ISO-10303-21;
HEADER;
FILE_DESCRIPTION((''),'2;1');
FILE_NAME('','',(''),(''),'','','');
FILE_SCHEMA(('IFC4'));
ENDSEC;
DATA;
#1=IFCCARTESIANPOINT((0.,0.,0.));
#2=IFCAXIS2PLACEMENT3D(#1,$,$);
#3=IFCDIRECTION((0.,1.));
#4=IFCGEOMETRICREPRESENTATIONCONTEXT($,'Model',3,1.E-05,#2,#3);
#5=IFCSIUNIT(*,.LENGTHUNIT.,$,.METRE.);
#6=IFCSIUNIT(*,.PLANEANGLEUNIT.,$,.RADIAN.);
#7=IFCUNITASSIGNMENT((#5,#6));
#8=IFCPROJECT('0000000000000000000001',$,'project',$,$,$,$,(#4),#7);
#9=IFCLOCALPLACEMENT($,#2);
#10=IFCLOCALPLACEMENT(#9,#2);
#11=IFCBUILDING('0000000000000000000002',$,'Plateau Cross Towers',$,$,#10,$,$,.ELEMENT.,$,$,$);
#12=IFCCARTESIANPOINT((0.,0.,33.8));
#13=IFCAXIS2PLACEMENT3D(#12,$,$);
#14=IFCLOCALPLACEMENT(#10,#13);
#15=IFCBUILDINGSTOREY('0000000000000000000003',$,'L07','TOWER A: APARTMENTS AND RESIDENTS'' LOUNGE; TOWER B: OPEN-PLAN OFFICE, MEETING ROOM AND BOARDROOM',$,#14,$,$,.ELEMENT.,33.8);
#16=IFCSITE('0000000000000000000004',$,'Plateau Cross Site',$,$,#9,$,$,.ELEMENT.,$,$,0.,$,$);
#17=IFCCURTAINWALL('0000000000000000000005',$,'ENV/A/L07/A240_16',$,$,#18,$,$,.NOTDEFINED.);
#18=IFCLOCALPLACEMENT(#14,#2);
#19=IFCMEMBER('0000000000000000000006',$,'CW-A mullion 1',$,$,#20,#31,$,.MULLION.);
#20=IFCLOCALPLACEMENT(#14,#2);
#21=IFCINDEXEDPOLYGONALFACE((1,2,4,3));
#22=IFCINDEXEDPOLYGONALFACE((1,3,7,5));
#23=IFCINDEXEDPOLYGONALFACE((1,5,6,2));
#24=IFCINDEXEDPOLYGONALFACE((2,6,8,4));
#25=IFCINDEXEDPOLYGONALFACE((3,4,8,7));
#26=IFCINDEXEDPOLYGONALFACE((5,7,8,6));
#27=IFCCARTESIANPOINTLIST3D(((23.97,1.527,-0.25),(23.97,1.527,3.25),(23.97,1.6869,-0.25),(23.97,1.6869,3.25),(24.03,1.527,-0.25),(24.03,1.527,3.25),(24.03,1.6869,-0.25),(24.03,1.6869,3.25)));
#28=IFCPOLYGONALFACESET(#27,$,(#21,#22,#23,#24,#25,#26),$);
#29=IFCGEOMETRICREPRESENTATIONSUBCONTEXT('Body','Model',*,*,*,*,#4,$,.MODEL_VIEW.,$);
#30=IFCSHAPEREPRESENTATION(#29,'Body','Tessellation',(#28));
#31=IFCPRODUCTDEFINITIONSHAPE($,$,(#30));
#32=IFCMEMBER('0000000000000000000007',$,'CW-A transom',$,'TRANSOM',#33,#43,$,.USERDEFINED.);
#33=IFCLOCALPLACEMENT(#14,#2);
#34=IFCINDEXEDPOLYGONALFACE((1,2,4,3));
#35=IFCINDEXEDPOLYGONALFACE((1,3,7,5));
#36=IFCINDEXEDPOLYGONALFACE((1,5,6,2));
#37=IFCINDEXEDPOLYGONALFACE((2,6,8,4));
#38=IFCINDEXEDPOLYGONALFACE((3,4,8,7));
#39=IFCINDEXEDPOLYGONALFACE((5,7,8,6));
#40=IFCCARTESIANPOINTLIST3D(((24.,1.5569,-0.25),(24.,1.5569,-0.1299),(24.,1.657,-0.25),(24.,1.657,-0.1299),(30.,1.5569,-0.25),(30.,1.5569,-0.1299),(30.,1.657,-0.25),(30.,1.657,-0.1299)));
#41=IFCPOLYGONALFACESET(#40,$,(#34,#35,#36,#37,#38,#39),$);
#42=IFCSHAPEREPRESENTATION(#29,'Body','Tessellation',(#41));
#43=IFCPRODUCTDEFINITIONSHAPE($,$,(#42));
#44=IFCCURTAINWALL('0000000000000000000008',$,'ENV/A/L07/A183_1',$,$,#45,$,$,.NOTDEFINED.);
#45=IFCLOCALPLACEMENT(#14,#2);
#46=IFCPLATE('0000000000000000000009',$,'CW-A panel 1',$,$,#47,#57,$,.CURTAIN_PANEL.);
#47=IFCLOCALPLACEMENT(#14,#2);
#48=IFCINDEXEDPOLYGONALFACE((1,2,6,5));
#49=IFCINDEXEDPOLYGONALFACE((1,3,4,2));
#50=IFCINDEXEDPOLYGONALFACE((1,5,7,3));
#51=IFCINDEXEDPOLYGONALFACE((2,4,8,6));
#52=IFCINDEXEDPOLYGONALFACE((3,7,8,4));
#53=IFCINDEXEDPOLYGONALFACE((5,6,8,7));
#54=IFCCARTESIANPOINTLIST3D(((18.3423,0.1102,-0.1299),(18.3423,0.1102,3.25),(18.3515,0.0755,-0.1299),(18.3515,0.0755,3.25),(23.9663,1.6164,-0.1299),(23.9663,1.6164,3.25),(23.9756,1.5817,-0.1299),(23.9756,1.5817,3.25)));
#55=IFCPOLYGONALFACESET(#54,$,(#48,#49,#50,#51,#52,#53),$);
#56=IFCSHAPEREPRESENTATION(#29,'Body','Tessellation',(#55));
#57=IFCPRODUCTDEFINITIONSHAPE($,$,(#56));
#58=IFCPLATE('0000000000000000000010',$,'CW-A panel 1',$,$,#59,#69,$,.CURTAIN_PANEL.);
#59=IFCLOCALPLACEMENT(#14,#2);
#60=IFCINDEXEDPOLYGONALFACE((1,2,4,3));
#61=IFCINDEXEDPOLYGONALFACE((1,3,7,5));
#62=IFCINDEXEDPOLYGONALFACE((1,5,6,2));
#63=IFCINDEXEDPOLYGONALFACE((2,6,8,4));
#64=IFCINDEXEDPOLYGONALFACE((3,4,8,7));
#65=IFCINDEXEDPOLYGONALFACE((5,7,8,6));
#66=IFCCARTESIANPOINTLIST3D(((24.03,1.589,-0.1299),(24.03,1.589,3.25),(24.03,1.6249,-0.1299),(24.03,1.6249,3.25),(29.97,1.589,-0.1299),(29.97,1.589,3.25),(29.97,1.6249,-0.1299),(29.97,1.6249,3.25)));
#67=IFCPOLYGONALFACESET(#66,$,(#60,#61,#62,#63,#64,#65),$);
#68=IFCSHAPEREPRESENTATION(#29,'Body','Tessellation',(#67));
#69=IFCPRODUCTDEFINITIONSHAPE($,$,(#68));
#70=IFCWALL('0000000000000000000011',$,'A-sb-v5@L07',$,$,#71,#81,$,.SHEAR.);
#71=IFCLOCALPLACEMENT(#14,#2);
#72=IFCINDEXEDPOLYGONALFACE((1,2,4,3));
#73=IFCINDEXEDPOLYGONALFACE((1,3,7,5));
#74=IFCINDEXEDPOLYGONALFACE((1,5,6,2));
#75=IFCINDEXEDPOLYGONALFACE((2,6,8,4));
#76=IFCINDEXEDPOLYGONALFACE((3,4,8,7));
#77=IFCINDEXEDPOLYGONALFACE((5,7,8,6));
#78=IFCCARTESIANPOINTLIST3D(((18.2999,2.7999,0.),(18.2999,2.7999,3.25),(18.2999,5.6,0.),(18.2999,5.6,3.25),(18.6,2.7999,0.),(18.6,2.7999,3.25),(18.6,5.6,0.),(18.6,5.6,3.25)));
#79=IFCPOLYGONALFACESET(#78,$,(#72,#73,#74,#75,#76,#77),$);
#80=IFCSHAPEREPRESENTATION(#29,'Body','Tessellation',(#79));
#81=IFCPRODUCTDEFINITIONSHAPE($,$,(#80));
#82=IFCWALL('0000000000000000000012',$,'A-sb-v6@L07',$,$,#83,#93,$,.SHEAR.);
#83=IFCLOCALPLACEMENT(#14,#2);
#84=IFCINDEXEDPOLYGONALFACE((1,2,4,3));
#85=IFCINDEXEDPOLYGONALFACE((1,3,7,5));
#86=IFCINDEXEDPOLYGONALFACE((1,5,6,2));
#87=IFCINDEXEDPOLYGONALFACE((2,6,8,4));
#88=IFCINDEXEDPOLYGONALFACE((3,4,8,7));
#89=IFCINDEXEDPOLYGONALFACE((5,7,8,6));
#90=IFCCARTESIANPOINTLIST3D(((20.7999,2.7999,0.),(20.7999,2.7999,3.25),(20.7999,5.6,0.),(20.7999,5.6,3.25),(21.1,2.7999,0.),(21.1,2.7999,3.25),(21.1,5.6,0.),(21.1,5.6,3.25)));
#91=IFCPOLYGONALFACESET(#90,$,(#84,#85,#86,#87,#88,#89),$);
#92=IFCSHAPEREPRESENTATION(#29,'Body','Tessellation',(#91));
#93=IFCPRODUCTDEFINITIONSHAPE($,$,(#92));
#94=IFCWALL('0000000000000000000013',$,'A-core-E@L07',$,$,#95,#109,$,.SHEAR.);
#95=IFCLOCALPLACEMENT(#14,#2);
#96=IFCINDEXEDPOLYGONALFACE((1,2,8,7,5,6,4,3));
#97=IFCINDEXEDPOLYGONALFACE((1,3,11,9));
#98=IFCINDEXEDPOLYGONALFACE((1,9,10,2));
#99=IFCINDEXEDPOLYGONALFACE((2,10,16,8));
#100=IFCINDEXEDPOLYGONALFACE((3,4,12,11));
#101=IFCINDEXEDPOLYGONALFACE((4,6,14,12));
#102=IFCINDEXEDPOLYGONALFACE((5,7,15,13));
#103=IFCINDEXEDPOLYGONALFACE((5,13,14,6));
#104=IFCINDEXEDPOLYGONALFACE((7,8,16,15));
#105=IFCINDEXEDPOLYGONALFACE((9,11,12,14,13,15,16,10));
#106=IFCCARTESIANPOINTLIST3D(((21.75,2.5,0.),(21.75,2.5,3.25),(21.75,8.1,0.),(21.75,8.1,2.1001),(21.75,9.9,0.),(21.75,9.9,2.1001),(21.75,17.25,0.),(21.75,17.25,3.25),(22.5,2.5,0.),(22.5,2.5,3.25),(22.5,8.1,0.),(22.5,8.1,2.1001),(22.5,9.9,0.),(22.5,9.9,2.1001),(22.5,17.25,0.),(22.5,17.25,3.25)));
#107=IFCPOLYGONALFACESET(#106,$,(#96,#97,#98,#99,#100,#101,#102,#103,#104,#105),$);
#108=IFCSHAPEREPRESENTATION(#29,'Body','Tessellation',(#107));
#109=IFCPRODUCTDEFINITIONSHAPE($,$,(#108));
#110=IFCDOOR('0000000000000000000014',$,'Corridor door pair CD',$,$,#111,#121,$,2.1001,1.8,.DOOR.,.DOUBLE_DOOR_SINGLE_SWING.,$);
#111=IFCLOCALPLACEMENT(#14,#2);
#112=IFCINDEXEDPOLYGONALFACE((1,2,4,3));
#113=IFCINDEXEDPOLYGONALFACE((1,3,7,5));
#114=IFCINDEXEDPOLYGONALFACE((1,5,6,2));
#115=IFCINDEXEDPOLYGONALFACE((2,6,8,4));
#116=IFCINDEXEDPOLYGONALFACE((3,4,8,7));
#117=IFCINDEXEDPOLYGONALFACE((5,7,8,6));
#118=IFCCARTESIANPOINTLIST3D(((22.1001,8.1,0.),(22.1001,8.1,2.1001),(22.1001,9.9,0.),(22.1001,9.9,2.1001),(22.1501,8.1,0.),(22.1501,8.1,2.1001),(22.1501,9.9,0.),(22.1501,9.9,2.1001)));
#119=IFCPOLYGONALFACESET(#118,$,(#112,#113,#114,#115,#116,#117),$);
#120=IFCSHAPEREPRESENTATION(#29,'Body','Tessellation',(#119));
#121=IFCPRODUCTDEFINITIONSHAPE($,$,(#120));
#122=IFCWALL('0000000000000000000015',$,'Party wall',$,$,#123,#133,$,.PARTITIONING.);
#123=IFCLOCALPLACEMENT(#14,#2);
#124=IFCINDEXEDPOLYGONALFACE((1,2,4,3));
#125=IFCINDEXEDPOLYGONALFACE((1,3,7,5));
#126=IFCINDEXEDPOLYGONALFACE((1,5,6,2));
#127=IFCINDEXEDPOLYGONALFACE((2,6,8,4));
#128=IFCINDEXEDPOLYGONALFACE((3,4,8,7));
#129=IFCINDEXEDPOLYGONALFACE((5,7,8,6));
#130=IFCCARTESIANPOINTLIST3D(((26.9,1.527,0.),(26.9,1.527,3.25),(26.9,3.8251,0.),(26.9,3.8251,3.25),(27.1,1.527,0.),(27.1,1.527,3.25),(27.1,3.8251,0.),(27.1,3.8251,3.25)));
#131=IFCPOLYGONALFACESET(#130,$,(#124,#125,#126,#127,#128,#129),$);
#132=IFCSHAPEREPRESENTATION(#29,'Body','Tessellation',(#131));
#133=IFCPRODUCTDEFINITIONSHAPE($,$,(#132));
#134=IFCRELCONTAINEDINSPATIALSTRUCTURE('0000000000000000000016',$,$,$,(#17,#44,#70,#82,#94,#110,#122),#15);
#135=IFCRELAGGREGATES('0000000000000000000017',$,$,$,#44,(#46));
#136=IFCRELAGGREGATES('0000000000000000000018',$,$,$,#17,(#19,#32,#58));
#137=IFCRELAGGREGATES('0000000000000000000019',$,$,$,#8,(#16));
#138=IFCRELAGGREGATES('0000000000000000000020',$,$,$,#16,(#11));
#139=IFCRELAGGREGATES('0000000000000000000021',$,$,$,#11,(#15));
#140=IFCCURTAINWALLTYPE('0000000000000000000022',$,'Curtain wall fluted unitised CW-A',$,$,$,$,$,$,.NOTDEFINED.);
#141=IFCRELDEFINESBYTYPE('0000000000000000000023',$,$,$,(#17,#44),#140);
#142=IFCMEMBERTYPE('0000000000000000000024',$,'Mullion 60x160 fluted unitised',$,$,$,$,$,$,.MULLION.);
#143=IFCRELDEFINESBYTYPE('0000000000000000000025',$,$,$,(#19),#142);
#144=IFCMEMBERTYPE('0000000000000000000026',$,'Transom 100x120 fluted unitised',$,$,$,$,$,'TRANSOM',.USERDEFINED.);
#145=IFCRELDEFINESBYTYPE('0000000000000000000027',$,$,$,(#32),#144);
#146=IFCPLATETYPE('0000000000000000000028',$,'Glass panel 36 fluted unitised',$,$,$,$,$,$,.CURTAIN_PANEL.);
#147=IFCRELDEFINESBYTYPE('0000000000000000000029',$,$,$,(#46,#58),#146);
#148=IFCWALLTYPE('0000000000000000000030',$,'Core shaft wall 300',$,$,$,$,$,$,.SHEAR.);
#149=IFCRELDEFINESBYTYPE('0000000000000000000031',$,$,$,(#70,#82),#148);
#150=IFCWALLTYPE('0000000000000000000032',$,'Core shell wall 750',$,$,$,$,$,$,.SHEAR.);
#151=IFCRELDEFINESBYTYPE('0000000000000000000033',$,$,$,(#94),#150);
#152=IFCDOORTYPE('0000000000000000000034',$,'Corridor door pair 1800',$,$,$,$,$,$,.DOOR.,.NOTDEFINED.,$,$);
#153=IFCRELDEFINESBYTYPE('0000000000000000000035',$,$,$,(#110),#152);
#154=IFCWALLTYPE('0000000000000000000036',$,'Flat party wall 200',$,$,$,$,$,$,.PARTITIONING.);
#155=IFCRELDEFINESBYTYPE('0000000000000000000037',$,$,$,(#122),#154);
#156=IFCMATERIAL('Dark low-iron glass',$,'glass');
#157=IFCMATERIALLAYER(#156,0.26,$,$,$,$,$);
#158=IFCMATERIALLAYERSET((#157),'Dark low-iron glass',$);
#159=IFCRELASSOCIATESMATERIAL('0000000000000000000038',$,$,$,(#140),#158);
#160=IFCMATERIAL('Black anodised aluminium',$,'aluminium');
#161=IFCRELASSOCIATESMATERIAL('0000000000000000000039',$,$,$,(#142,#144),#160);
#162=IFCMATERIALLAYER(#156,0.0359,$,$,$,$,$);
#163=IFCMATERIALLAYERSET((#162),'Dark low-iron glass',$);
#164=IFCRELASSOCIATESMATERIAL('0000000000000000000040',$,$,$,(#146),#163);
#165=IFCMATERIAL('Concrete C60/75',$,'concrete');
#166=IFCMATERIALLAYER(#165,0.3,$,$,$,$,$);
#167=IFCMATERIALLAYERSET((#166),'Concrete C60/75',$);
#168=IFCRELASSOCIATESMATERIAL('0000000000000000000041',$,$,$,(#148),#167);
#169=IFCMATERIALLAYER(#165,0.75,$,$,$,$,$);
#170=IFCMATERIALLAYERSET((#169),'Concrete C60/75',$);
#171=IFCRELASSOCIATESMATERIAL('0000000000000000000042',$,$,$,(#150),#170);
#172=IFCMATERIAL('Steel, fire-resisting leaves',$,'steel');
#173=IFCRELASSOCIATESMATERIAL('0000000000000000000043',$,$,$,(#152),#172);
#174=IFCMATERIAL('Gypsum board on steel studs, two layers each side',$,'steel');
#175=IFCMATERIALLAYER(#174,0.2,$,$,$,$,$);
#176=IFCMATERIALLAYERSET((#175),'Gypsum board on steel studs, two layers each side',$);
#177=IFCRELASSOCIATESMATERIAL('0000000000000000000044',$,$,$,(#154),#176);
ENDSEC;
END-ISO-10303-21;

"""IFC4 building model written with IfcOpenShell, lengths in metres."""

from ifc_helpers import new_model, si_unit, direction, frame, frame_2d, origin, origin_2d, place, context, subcontext, project, spatial, rectangle, extrude, material, layer, layer_set, material_profile, profile_set, type_object, element, fill, aggregate, save


model = new_model("IFC4")

# Units and contexts
model_context = context("Model", 3, precision=1e-05, world=origin(), true_north=direction((0.0, 1.0)))
body_context = subcontext(model_context, "Body", "Model", "MODEL_VIEW")
ifc_project = project(units=[si_unit("LENGTHUNIT", "METRE"), si_unit("PLANEANGLEUNIT", "RADIAN")], contexts=[model_context])

# Site, building, storey
site_placement = place(None, origin())
site = spatial("IfcSite", under=ifc_project, at=site_placement, Name="Plateau Cross Site", CompositionType="ELEMENT", RefElevation=0.0)
building_placement = place(site_placement, origin())
building = spatial("IfcBuilding", under=site, at=building_placement, Name="Plateau Cross Towers", CompositionType="ELEMENT")
storey_placement = place(building_placement, frame((0.0, 0.0, 33.8)))
storey = spatial("IfcBuildingStorey", under=building, at=storey_placement, Name="L07", Description="TOWER A: APARTMENTS AND RESIDENTS' LOUNGE; TOWER B: OPEN-PLAN OFFICE, MEETING ROOM AND BOARDROOM", CompositionType="ELEMENT", Elevation=33.8)

# Curtain wall, members
ifc_material_1 = material(Name="Dark low-iron glass", Category="glass")
ifc_layer_1 = layer(ifc_material_1, 0.26)
ifc_layer_set_1 = layer_set([ifc_layer_1], Name="Dark low-iron glass")
curtain_wall_type = type_object("IfcCurtainWallType", Name="Curtain wall fluted unitised CW-A", PredefinedType="NOTDEFINED", material=ifc_layer_set_1)
curtain_wall_1_placement = place(storey_placement, origin())
curtain_wall_1 = element("IfcCurtainWall", 1, at=curtain_wall_1_placement, inside=storey, type_object=curtain_wall_type, Name="ENV/A/L07/A240_16", PredefinedType="NOTDEFINED")
ifc_material_2 = material(Name="Black anodised aluminium", Category="aluminium")
ifc_material_profile_1 = material_profile(ifc_material_2, rectangle(XDim=0.0601, YDim=0.1599, at=origin_2d()), Name="MULLION 60x160")
ifc_profile_set_1 = profile_set([ifc_material_profile_1], Name="Black anodised aluminium")
member_type_1 = type_object("IfcMemberType", Name="Mullion 60x160 fluted unitised", PredefinedType="MULLION", material=ifc_profile_set_1)
member_1_placement = place(storey_placement, frame((24.0, 1.6069, -0.25), z_axis=(0.0, 0.0, 1.0), x_axis=(1.0, 0.0, 0.0)))
member_1 = element("IfcMember", 2, at=member_1_placement, type_object=member_type_1, Name="CW-A mullion 1", PredefinedType="MULLION", context=body_context, shape_type="SweptSolid", body=[
    extrude(rectangle(XDim=0.0601, YDim=0.1599, at=origin_2d()), origin(), (0.0, 0.0, 1.0), 3.5),
])
ifc_material_profile_2 = material_profile(ifc_material_2, rectangle(XDim=0.1001, YDim=0.1201, at=origin_2d()), Name="TRANSOM 100x120")
ifc_profile_set_2 = profile_set([ifc_material_profile_2], Name="Black anodised aluminium")
member_type_2 = type_object("IfcMemberType", Name="Transom 100x120 fluted unitised", ElementType="TRANSOM", PredefinedType="USERDEFINED", material=ifc_profile_set_2)
member_2_placement = place(storey_placement, frame((24.0, 1.6069, -0.1899), z_axis=(1.0, 0.0, 0.0), x_axis=(0.0, 1.0, 0.0)))
member_2 = element("IfcMember", 3, at=member_2_placement, type_object=member_type_2, Name="CW-A transom", ObjectType="TRANSOM", PredefinedType="USERDEFINED", context=body_context, shape_type="SweptSolid", body=[
    extrude(rectangle(XDim=0.1001, YDim=0.1201, at=origin_2d()), origin(), (0.0, 0.0, 1.0), 6.0),
])

# Curtain wall, plate
curtain_wall_2_placement = place(storey_placement, origin())
curtain_wall_2 = element("IfcCurtainWall", 4, at=curtain_wall_2_placement, inside=storey, type_object=curtain_wall_type, Name="ENV/A/L07/A183_1", PredefinedType="NOTDEFINED")
ifc_layer_2 = layer(ifc_material_1, 0.0359)
ifc_layer_set_2 = layer_set([ifc_layer_2], Name="Dark low-iron glass")
plate_type = type_object("IfcPlateType", Name="Glass panel 36 fluted unitised", PredefinedType="CURTAIN_PANEL", material=ifc_layer_set_2)
plate_1_placement = place(storey_placement, frame((21.1589, 0.8459, -0.1299), z_axis=(0.0, 0.0, 1.0), x_axis=(0.965958, 0.258699, 0.0)))
plate_1 = element("IfcPlate", 5, at=plate_1_placement, type_object=plate_type, Name="CW-A panel 1", PredefinedType="CURTAIN_PANEL", context=body_context, shape_type="SweptSolid", body=[
    extrude(rectangle(XDim=5.8223, YDim=0.0359, at=origin_2d()), origin(), (0.0, 0.0, 1.0), 3.3799),
])
aggregate(curtain_wall_2, [plate_1])

# Plate
plate_2_placement = place(storey_placement, frame((27.0, 1.6069, -0.1299), z_axis=(0.0, 0.0, 1.0), x_axis=(1.0, 0.0, 0.0)))
plate_2 = element("IfcPlate", 6, at=plate_2_placement, type_object=plate_type, Name="CW-A panel 1", PredefinedType="CURTAIN_PANEL", context=body_context, shape_type="SweptSolid", body=[
    extrude(rectangle(XDim=5.9399, YDim=0.0359, at=origin_2d()), origin(), (0.0, 0.0, 1.0), 3.3799),
])
aggregate(curtain_wall_1, [member_1, member_2, plate_2])

# Walls
ifc_material_3 = material(Name="Concrete C60/75", Category="concrete")
ifc_layer_3 = layer(ifc_material_3, 0.3)
ifc_layer_set_3 = layer_set([ifc_layer_3], Name="Concrete C60/75")
wall_type_1 = type_object("IfcWallType", Name="Core shaft wall 300", PredefinedType="SHEAR", material=ifc_layer_set_3)
for number, where, z_axis, x_axis, name in (
    (7, (18.45, 2.8, 0.0), (0.0, 0.0, 1.0), (0.0, 1.0, 0.0), "A-sb-v5@L07"),
    (8, (20.95, 2.8, 0.0), (0.0, 0.0, 1.0), (0.0, 1.0, 0.0), "A-sb-v6@L07"),
):
    element("IfcWall", number, at=place(storey_placement, frame(where, z_axis=z_axis, x_axis=x_axis)), inside=storey, type_object=wall_type_1, Name=name, PredefinedType="SHEAR", context=body_context, shape_type="SweptSolid", body=[
        extrude(rectangle(XDim=2.8, YDim=0.3, at=frame_2d((1.3999, 0.0))), origin(), (0.0, 0.0, 1.0), 3.25),
    ])

# Wall, opening, door
ifc_layer_4 = layer(ifc_material_3, 0.75)
ifc_layer_set_4 = layer_set([ifc_layer_4], Name="Concrete C60/75")
wall_type_2 = type_object("IfcWallType", Name="Core shell wall 750", PredefinedType="SHEAR", material=ifc_layer_set_4)
wall_1_placement = place(storey_placement, frame((22.125, 2.5, 0.0), z_axis=(0.0, 0.0, 1.0), x_axis=(0.0, 1.0, 0.0)))
wall_1 = element("IfcWall", 9, at=wall_1_placement, inside=storey, type_object=wall_type_2, Name="A-core-E@L07", PredefinedType="SHEAR", context=body_context, shape_type="SweptSolid", body=[
    extrude(rectangle(XDim=14.75, YDim=0.75, at=frame_2d((7.375, 0.0))), origin(), (0.0, 0.0, 1.0), 3.25),
])
opening_placement = place(wall_1_placement, frame((5.6001, 0.0, 0.0)))
opening = element("IfcOpeningElement", 10, at=opening_placement, cuts=wall_1, PredefinedType="OPENING", context=body_context, shape_type="SweptSolid", body=[
    extrude(rectangle(XDim=1.8, YDim=2.1001, at=frame_2d((0.8999, 1.05))), frame((0.0, 0.385, 0.0), z_axis=(0.0, -1.0, 0.0), x_axis=(1.0, 0.0, 0.0)), (0.0, 0.0, 1.0), 0.77),
])
ifc_material_4 = material(Name="Steel, fire-resisting leaves", Category="steel")
door_type = type_object("IfcDoorType", Name="Corridor door pair 1800", OperationType="NOTDEFINED", PredefinedType="DOOR", material=ifc_material_4)
door_placement = place(opening_placement, origin())
door = element("IfcDoor", 11, at=door_placement, inside=storey, type_object=door_type, Name="Corridor door pair CD", OperationType="DOUBLE_DOOR_SINGLE_SWING", OverallHeight=2.1001, OverallWidth=1.8, PredefinedType="DOOR", context=body_context, shape_type="SweptSolid", body=[
    extrude(rectangle(XDim=1.8, YDim=2.1001, at=frame_2d((0.8999, 1.05))), frame((0.0, 0.0249, 0.0), z_axis=(0.0, -1.0, 0.0), x_axis=(1.0, 0.0, 0.0)), (0.0, 0.0, 1.0), 0.05),
])
fill(opening, door)

# Wall
ifc_material_5 = material(Name="Gypsum board on steel studs, two layers each side", Category="steel")
ifc_layer_5 = layer(ifc_material_5, 0.2)
ifc_layer_set_5 = layer_set([ifc_layer_5], Name="Gypsum board on steel studs, two layers each side")
wall_type_3 = type_object("IfcWallType", Name="Flat party wall 200", PredefinedType="PARTITIONING", material=ifc_layer_set_5)
wall_2_placement = place(storey_placement, frame((27.0, 3.825, 0.0), z_axis=(0.0, 0.0, 1.0), x_axis=(0.0, -1.0, 0.0)))
element("IfcWall", 12, at=wall_2_placement, inside=storey, type_object=wall_type_3, Name="Party wall", PredefinedType="PARTITIONING", context=body_context, shape_type="SweptSolid", body=[
    extrude(rectangle(XDim=2.2981, YDim=0.2, at=frame_2d((1.1489, 0.0))), origin(), (0.0, 0.0, 1.0), 3.25),
])

save(model, "model.ifc")
